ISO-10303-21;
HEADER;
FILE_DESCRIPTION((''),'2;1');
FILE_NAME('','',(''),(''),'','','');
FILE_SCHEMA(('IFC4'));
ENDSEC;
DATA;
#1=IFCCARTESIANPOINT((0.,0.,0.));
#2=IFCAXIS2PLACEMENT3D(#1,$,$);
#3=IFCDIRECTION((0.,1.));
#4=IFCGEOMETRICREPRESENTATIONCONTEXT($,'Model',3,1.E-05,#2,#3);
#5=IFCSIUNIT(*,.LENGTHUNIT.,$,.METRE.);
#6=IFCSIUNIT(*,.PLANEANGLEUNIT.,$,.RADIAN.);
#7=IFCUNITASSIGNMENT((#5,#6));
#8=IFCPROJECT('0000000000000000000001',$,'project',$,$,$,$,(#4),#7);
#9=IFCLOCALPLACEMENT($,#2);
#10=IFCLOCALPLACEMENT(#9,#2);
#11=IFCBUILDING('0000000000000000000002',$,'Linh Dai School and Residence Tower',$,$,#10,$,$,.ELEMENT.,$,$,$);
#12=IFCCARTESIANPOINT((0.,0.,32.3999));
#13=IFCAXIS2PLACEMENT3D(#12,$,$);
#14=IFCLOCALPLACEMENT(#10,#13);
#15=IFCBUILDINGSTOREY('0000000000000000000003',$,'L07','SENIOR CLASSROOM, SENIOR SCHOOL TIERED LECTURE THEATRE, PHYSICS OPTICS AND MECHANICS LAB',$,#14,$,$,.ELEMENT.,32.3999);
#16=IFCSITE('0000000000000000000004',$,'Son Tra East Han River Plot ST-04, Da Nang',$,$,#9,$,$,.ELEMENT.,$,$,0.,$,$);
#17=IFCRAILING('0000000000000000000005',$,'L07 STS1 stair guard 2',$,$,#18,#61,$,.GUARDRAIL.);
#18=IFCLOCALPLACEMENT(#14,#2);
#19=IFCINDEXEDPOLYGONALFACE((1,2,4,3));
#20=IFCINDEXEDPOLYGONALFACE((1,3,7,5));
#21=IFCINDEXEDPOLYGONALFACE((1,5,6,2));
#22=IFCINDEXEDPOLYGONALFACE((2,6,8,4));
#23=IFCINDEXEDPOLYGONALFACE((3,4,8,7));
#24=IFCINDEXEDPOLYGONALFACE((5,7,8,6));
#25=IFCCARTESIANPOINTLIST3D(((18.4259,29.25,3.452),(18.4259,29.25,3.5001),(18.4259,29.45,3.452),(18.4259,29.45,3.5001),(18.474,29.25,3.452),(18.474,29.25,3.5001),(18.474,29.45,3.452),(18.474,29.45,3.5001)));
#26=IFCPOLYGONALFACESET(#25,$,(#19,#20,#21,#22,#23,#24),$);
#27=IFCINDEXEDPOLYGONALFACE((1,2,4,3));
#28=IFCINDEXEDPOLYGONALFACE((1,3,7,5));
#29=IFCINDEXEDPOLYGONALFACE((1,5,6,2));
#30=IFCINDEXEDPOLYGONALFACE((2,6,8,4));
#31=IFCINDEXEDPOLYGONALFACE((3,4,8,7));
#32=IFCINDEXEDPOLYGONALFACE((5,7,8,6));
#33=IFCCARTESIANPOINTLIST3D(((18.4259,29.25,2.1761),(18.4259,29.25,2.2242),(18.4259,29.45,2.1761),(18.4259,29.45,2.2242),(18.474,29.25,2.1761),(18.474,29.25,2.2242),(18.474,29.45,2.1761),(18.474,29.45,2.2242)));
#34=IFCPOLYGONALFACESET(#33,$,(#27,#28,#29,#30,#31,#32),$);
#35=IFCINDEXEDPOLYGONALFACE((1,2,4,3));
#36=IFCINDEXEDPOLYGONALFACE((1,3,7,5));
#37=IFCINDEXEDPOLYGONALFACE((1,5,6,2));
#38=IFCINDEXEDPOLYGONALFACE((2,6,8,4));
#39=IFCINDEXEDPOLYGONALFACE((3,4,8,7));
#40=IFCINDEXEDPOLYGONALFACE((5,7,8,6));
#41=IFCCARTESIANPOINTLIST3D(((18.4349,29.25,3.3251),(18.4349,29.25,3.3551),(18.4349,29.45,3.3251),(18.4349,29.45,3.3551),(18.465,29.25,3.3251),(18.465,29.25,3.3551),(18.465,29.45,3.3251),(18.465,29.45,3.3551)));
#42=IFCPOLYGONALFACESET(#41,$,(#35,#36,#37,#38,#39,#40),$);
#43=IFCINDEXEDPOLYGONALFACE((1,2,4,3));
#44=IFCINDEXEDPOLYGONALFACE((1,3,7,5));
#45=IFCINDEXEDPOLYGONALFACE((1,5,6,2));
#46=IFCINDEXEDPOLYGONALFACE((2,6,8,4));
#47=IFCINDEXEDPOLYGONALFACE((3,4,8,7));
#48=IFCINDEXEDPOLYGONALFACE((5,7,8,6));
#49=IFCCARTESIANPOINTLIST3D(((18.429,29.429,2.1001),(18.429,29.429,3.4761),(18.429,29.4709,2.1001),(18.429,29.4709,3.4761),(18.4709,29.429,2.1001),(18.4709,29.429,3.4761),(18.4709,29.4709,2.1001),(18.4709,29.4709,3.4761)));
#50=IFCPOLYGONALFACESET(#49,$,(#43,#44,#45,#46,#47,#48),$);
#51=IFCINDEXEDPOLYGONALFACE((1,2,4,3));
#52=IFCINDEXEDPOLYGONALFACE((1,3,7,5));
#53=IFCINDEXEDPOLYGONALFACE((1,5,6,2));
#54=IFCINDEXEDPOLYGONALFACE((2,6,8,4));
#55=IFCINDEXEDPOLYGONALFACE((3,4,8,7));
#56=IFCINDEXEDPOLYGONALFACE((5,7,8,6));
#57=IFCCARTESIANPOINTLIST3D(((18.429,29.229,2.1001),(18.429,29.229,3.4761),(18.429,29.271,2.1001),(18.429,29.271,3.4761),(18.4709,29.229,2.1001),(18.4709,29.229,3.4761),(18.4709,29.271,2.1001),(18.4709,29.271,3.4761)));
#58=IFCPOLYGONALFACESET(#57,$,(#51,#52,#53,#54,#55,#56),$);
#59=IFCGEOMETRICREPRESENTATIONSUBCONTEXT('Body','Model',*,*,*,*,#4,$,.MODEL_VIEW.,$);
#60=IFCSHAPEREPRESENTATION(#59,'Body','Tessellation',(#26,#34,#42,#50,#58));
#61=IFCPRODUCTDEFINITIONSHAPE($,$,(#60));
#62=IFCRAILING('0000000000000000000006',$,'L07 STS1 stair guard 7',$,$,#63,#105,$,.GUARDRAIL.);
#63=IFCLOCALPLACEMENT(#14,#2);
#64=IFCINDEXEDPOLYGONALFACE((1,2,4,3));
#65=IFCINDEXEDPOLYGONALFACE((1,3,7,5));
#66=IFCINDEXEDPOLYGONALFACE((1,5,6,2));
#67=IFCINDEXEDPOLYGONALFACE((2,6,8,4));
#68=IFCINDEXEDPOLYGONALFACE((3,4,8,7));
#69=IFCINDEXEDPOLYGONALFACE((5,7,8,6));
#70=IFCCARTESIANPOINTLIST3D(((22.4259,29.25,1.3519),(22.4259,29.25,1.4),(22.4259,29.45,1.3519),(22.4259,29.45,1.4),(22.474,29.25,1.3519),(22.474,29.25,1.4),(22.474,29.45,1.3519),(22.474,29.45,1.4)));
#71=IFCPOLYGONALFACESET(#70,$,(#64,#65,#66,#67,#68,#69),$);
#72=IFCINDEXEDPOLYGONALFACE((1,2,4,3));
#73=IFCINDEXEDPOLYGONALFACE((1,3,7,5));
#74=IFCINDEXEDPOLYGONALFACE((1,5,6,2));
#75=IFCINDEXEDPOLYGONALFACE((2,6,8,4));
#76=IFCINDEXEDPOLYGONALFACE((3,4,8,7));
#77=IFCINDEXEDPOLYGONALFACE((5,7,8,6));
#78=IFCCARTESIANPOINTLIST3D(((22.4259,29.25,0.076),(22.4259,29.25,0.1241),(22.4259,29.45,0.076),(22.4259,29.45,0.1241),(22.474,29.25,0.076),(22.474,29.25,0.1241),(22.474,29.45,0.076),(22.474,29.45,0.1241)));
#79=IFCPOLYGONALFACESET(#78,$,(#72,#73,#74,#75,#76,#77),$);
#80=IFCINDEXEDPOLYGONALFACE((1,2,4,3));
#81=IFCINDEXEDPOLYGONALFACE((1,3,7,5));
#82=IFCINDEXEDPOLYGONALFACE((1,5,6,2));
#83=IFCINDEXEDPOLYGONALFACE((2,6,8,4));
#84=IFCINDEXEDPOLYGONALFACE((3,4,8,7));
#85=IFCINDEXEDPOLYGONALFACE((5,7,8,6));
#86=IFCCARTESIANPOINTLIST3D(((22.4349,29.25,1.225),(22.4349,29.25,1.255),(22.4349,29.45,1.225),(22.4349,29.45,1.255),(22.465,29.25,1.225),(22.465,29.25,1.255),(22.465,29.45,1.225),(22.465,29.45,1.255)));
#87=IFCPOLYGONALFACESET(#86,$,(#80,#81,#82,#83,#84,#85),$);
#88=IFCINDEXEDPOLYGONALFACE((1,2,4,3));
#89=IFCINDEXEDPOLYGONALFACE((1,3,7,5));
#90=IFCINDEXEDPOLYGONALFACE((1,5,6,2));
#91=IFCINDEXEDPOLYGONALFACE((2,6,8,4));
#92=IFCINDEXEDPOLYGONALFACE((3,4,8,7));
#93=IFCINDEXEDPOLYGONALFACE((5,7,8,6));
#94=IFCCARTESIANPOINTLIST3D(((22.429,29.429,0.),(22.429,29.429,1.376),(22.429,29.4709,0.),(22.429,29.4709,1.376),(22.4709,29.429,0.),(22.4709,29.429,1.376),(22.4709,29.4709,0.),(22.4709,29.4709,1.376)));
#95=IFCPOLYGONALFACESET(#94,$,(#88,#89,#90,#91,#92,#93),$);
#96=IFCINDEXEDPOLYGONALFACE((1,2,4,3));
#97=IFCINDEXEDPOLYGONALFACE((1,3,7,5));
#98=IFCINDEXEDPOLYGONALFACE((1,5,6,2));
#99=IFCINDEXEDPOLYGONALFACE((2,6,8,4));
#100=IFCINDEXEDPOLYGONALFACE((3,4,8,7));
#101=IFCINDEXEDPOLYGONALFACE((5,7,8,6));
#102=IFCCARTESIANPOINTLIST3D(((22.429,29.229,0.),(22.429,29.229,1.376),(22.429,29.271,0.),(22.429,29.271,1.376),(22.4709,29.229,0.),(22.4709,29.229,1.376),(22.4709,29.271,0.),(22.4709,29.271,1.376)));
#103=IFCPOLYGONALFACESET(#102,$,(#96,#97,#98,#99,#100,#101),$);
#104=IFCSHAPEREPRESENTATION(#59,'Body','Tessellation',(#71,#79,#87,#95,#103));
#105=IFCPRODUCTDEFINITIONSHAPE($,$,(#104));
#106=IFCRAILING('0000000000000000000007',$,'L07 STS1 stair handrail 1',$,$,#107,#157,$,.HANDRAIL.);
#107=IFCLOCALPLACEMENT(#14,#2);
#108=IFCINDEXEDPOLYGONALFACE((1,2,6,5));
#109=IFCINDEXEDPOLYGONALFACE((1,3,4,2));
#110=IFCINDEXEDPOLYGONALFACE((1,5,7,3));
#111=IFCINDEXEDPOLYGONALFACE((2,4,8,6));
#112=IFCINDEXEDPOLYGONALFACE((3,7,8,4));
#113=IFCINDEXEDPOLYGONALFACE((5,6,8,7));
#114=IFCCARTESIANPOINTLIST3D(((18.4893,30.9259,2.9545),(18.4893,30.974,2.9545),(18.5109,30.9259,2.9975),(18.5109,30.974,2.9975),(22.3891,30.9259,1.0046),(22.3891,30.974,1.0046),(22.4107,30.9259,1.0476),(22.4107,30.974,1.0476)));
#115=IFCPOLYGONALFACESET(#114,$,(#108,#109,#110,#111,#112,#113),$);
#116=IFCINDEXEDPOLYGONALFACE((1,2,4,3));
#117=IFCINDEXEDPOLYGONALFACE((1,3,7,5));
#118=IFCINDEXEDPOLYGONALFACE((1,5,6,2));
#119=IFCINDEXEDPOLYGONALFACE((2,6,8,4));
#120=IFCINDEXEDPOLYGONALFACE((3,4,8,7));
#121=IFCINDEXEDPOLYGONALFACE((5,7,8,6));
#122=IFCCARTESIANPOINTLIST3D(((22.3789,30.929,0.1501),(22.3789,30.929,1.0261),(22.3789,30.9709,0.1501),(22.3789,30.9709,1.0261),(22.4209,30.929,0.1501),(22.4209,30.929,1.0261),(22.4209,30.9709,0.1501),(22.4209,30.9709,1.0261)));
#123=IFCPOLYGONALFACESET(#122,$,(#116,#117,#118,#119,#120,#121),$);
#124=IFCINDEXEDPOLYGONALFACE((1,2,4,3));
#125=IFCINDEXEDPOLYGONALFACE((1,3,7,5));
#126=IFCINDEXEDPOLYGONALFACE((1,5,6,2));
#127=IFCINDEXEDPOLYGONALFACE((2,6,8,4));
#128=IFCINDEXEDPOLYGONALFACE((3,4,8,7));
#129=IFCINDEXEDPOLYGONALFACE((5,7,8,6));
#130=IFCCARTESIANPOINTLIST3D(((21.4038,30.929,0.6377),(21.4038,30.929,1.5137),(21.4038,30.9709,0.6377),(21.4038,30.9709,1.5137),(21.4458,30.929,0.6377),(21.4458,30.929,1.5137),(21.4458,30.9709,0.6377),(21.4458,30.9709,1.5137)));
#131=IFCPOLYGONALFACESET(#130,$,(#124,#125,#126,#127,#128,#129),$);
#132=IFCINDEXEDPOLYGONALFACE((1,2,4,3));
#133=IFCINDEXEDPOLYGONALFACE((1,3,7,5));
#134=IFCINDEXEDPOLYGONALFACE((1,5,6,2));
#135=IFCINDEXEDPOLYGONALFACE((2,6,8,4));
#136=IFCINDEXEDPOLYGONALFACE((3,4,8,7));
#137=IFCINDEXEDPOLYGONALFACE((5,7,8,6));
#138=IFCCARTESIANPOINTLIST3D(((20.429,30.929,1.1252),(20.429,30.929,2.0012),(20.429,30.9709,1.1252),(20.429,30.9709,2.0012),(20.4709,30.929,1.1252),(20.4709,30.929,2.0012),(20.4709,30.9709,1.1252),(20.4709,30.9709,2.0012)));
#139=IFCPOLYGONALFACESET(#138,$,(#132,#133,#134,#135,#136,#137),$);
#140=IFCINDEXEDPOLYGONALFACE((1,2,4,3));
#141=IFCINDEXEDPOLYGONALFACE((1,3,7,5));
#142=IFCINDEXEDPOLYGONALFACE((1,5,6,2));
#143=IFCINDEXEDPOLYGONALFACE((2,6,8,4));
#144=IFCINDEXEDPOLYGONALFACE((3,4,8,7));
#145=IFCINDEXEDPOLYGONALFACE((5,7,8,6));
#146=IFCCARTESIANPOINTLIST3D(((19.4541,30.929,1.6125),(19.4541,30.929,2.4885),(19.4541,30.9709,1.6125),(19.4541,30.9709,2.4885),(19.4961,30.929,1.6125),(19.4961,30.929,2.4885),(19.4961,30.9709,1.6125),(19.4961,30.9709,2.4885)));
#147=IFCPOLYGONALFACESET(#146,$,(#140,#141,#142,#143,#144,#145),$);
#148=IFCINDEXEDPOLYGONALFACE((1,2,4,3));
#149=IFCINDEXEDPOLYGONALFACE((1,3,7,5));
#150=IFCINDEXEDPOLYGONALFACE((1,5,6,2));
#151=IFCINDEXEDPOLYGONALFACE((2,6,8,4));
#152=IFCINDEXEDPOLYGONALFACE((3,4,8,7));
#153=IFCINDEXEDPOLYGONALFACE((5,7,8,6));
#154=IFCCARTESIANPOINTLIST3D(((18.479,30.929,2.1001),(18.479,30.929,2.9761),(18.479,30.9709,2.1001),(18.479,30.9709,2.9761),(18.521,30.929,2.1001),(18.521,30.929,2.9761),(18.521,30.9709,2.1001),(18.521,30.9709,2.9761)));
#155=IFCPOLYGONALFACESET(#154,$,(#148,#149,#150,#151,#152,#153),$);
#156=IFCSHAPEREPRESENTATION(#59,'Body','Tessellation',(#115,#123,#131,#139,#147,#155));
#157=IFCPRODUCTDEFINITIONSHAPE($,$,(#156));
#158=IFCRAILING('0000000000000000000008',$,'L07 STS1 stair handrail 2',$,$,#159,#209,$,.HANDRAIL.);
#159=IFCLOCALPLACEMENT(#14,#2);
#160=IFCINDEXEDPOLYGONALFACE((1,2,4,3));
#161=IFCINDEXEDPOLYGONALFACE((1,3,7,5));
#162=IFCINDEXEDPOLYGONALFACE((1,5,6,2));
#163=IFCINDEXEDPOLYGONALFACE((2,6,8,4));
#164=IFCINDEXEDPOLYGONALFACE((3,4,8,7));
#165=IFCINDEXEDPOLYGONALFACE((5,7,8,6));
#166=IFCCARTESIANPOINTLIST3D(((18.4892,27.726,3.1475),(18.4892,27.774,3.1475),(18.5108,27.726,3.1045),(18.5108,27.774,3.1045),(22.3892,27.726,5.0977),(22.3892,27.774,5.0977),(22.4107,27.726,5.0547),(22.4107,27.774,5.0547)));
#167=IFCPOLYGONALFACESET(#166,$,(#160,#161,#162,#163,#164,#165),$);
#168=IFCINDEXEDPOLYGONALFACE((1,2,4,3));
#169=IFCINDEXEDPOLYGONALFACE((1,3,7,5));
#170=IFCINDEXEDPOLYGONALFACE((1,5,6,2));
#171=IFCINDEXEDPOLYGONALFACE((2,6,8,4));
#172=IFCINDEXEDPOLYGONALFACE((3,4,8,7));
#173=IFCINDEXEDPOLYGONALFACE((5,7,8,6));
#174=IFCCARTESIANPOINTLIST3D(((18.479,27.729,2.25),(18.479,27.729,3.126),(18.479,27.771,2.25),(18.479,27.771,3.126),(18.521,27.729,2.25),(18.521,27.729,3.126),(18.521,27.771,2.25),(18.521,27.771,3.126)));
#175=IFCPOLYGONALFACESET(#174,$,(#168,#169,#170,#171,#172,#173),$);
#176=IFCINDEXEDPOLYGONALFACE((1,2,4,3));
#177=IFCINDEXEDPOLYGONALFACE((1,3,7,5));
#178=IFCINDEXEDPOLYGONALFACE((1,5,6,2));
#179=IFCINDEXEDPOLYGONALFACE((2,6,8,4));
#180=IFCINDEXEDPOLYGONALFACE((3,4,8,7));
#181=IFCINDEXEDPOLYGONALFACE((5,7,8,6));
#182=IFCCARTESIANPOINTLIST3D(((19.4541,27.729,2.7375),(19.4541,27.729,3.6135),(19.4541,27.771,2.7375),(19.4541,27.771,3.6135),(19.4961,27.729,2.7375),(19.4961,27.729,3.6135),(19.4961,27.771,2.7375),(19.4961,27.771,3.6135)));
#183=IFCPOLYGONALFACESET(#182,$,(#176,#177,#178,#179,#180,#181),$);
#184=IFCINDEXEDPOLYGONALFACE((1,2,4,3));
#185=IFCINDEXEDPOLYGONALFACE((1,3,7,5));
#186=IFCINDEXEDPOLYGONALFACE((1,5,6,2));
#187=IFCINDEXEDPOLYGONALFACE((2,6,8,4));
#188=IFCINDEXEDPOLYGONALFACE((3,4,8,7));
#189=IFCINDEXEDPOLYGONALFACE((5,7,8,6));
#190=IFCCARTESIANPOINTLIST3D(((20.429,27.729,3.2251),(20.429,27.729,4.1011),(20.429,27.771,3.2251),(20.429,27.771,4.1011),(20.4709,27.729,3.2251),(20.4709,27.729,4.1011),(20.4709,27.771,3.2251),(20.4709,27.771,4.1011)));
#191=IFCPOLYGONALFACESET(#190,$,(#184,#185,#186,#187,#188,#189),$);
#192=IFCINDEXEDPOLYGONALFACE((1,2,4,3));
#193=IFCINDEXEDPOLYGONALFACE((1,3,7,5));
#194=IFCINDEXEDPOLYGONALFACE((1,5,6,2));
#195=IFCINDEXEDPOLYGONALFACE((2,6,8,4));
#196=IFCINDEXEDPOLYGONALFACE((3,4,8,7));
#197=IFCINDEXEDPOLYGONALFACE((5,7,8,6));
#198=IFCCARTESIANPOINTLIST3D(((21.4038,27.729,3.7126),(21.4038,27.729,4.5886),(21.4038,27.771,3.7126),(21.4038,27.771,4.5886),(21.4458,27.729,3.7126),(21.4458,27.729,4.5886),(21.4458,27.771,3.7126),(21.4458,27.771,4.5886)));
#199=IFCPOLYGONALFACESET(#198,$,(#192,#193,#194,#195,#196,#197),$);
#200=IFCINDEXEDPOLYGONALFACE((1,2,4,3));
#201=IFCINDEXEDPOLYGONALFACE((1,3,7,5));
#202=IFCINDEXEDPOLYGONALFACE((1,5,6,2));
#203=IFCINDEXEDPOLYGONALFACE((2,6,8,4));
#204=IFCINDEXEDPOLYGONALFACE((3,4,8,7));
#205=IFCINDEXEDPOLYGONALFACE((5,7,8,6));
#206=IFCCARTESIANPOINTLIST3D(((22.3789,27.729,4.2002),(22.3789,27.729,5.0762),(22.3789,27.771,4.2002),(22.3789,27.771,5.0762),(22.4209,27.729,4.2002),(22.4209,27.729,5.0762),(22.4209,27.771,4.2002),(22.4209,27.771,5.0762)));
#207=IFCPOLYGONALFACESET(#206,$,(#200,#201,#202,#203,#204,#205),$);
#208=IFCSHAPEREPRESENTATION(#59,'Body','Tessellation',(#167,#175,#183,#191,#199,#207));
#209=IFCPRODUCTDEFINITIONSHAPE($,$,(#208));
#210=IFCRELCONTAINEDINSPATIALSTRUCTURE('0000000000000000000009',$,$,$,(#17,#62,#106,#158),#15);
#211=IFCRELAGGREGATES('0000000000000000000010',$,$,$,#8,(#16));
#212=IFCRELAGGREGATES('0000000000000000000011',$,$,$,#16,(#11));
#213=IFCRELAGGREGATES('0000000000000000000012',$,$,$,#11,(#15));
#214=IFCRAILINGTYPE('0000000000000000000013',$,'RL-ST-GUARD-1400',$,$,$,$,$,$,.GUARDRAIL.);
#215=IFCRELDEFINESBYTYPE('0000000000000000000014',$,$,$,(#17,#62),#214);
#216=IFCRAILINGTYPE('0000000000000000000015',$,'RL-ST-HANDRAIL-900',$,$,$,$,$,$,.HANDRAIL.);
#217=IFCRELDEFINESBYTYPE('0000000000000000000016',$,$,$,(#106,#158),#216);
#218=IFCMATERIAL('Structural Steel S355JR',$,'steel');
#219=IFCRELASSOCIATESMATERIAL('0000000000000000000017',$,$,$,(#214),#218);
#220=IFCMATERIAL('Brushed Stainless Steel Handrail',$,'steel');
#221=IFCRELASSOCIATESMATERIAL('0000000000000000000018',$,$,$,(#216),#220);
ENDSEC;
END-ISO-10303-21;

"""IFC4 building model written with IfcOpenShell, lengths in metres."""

from ifc_helpers import new_model, si_unit, direction, frame, origin, origin_2d, place, context, subcontext, project, spatial, rectangle, extrude, source, transform, mapped, material, type_object, element, save


model = new_model("IFC4")

# Units and contexts
model_context = context("Model", 3, precision=1e-05, world=origin(), true_north=direction((0.0, 1.0)))
body_context = subcontext(model_context, "Body", "Model", "MODEL_VIEW")
ifc_project = project(units=[si_unit("LENGTHUNIT", "METRE"), si_unit("PLANEANGLEUNIT", "RADIAN")], contexts=[model_context])

# Site, building, storey
site_placement = place(None, origin())
site = spatial("IfcSite", under=ifc_project, at=site_placement, Name="Son Tra East Han River Plot ST-04, Da Nang", CompositionType="ELEMENT", RefElevation=0.0)
building_placement = place(site_placement, origin())
building = spatial("IfcBuilding", under=site, at=building_placement, Name="Linh Dai School and Residence Tower", CompositionType="ELEMENT")
storey_placement = place(building_placement, frame((0.0, 0.0, 32.3999)))
storey = spatial("IfcBuildingStorey", under=building, at=storey_placement, Name="L07", Description="SENIOR CLASSROOM, SENIOR SCHOOL TIERED LECTURE THEATRE, PHYSICS OPTICS AND MECHANICS LAB", CompositionType="ELEMENT", Elevation=32.3999)

# Shared definitions
ifc_material_1 = material(Name="Structural Steel S355JR", Category="steel")

# Railings
railing_type_1 = type_object("IfcRailingType", Name="RL-ST-GUARD-1400", PredefinedType="GUARDRAIL", material=ifc_material_1)
shared_shape_1 = source(origin(), body_context, "Body", "SweptSolid", [
    extrude(rectangle(XDim=0.0481, YDim=0.0481, at=origin_2d()), frame((0.0, 0.0, 1.376), z_axis=(0.0, -1.0, 0.0), x_axis=(1.0, 0.0, 0.0)), (0.0, 0.0, 1.0), 0.2),
    extrude(rectangle(XDim=0.0481, YDim=0.0481, at=origin_2d()), frame((0.0, 0.0, 0.1001), z_axis=(0.0, -1.0, 0.0), x_axis=(1.0, 0.0, 0.0)), (0.0, 0.0, 1.0), 0.2),
    extrude(rectangle(XDim=0.03, YDim=0.03, at=origin_2d()), frame((0.0, 0.0, 1.24), z_axis=(0.0, -1.0, 0.0), x_axis=(1.0, 0.0, 0.0)), (0.0, 0.0, 1.0), 0.2),
    extrude(rectangle(XDim=0.042, YDim=0.042, at=origin_2d()), origin(), (0.0, 0.0, 1.0), 1.376),
    extrude(rectangle(XDim=0.042, YDim=0.042, at=origin_2d()), frame((0.0, -0.2, 0.0)), (0.0, 0.0, 1.0), 1.376),
])
for number, where, name in (
    (1, (18.45, 29.45, 2.1001), "L07 STS1 stair guard 2"),
    (2, (22.45, 29.45, 0.0), "L07 STS1 stair guard 7"),
):
    element("IfcRailing", number, at=place(storey_placement, frame(where)), inside=storey, type_object=railing_type_1, Name=name, PredefinedType="GUARDRAIL", context=body_context, shape_type="MappedRepresentation", body=[
        mapped(shared_shape_1, transform((0.0, 0.0, 0.0), x_axis=(1.0, 0.0, 0.0), y_axis=(0.0, 1.0, 0.0), z_axis=(0.0, 0.0, 1.0), scale=1.0)),
    ])
ifc_material_2 = material(Name="Brushed Stainless Steel Handrail", Category="steel")
railing_type_2 = type_object("IfcRailingType", Name="RL-ST-HANDRAIL-900", PredefinedType="HANDRAIL", material=ifc_material_2)
shared_shape_2 = source(origin(), body_context, "Body", "SweptSolid", [
    extrude(rectangle(XDim=0.0481, YDim=0.0481, at=origin_2d()), frame((0.0, 0.0, 0.876), z_axis=(-0.894427, 0.0, 0.447214), x_axis=(0.0, -1.0, 0.0)), (0.0, 0.0, 1.0), 4.3601),
    extrude(rectangle(XDim=0.042, YDim=0.042, at=origin_2d()), origin(), (0.0, 0.0, 1.0), 0.876),
    extrude(rectangle(XDim=0.042, YDim=0.042, at=origin_2d()), frame((-0.9751, 0.0, 0.4875)), (0.0, 0.0, 1.0), 0.876),
    extrude(rectangle(XDim=0.042, YDim=0.042, at=origin_2d()), frame((-1.95, 0.0, 0.9751)), (0.0, 0.0, 1.0), 0.876),
    extrude(rectangle(XDim=0.042, YDim=0.042, at=origin_2d()), frame((-2.9248, 0.0, 1.4624)), (0.0, 0.0, 1.0), 0.876),
    extrude(rectangle(XDim=0.042, YDim=0.042, at=origin_2d()), frame((-3.8999, 0.0, 1.95)), (0.0, 0.0, 1.0), 0.876),
])
railing_1_placement = place(storey_placement, frame((22.3999, 30.95, 0.1501)))
element("IfcRailing", 3, at=railing_1_placement, inside=storey, type_object=railing_type_2, Name="L07 STS1 stair handrail 1", PredefinedType="HANDRAIL", context=body_context, shape_type="MappedRepresentation", body=[
    mapped(shared_shape_2, transform((0.0, 0.0, 0.0), x_axis=(1.0, 0.0, 0.0), y_axis=(0.0, 1.0, 0.0), z_axis=(0.0, 0.0, 1.0), scale=1.0)),
])
shared_shape_3 = source(origin(), body_context, "Body", "SweptSolid", [
    extrude(rectangle(XDim=0.0481, YDim=0.0481, at=origin_2d()), frame((0.0, 0.0, 0.876), z_axis=(0.894405, 0.0, 0.447258), x_axis=(0.0, 1.0, 0.0)), (0.0, 0.0, 1.0), 4.3604),
    extrude(rectangle(XDim=0.042, YDim=0.042, at=origin_2d()), origin(), (0.0, 0.0, 1.0), 0.876),
    extrude(rectangle(XDim=0.042, YDim=0.042, at=origin_2d()), frame((0.9751, 0.0, 0.4875)), (0.0, 0.0, 1.0), 0.876),
    extrude(rectangle(XDim=0.042, YDim=0.042, at=origin_2d()), frame((1.95, 0.0, 0.9751)), (0.0, 0.0, 1.0), 0.876),
    extrude(rectangle(XDim=0.042, YDim=0.042, at=origin_2d()), frame((2.9248, 0.0, 1.4626)), (0.0, 0.0, 1.0), 0.876),
    extrude(rectangle(XDim=0.042, YDim=0.042, at=origin_2d()), frame((3.8999, 0.0, 1.9502)), (0.0, 0.0, 1.0), 0.876),
])
railing_2_placement = place(storey_placement, frame((18.5, 27.75, 2.25)))
element("IfcRailing", 4, at=railing_2_placement, inside=storey, type_object=railing_type_2, Name="L07 STS1 stair handrail 2", PredefinedType="HANDRAIL", context=body_context, shape_type="MappedRepresentation", body=[
    mapped(shared_shape_3, transform((0.0, 0.0, 0.0), x_axis=(1.0, 0.0, 0.0), y_axis=(0.0, 1.0, 0.0), z_axis=(0.0, 0.0, 1.0), scale=1.0)),
])

save(model, "model.ifc")
